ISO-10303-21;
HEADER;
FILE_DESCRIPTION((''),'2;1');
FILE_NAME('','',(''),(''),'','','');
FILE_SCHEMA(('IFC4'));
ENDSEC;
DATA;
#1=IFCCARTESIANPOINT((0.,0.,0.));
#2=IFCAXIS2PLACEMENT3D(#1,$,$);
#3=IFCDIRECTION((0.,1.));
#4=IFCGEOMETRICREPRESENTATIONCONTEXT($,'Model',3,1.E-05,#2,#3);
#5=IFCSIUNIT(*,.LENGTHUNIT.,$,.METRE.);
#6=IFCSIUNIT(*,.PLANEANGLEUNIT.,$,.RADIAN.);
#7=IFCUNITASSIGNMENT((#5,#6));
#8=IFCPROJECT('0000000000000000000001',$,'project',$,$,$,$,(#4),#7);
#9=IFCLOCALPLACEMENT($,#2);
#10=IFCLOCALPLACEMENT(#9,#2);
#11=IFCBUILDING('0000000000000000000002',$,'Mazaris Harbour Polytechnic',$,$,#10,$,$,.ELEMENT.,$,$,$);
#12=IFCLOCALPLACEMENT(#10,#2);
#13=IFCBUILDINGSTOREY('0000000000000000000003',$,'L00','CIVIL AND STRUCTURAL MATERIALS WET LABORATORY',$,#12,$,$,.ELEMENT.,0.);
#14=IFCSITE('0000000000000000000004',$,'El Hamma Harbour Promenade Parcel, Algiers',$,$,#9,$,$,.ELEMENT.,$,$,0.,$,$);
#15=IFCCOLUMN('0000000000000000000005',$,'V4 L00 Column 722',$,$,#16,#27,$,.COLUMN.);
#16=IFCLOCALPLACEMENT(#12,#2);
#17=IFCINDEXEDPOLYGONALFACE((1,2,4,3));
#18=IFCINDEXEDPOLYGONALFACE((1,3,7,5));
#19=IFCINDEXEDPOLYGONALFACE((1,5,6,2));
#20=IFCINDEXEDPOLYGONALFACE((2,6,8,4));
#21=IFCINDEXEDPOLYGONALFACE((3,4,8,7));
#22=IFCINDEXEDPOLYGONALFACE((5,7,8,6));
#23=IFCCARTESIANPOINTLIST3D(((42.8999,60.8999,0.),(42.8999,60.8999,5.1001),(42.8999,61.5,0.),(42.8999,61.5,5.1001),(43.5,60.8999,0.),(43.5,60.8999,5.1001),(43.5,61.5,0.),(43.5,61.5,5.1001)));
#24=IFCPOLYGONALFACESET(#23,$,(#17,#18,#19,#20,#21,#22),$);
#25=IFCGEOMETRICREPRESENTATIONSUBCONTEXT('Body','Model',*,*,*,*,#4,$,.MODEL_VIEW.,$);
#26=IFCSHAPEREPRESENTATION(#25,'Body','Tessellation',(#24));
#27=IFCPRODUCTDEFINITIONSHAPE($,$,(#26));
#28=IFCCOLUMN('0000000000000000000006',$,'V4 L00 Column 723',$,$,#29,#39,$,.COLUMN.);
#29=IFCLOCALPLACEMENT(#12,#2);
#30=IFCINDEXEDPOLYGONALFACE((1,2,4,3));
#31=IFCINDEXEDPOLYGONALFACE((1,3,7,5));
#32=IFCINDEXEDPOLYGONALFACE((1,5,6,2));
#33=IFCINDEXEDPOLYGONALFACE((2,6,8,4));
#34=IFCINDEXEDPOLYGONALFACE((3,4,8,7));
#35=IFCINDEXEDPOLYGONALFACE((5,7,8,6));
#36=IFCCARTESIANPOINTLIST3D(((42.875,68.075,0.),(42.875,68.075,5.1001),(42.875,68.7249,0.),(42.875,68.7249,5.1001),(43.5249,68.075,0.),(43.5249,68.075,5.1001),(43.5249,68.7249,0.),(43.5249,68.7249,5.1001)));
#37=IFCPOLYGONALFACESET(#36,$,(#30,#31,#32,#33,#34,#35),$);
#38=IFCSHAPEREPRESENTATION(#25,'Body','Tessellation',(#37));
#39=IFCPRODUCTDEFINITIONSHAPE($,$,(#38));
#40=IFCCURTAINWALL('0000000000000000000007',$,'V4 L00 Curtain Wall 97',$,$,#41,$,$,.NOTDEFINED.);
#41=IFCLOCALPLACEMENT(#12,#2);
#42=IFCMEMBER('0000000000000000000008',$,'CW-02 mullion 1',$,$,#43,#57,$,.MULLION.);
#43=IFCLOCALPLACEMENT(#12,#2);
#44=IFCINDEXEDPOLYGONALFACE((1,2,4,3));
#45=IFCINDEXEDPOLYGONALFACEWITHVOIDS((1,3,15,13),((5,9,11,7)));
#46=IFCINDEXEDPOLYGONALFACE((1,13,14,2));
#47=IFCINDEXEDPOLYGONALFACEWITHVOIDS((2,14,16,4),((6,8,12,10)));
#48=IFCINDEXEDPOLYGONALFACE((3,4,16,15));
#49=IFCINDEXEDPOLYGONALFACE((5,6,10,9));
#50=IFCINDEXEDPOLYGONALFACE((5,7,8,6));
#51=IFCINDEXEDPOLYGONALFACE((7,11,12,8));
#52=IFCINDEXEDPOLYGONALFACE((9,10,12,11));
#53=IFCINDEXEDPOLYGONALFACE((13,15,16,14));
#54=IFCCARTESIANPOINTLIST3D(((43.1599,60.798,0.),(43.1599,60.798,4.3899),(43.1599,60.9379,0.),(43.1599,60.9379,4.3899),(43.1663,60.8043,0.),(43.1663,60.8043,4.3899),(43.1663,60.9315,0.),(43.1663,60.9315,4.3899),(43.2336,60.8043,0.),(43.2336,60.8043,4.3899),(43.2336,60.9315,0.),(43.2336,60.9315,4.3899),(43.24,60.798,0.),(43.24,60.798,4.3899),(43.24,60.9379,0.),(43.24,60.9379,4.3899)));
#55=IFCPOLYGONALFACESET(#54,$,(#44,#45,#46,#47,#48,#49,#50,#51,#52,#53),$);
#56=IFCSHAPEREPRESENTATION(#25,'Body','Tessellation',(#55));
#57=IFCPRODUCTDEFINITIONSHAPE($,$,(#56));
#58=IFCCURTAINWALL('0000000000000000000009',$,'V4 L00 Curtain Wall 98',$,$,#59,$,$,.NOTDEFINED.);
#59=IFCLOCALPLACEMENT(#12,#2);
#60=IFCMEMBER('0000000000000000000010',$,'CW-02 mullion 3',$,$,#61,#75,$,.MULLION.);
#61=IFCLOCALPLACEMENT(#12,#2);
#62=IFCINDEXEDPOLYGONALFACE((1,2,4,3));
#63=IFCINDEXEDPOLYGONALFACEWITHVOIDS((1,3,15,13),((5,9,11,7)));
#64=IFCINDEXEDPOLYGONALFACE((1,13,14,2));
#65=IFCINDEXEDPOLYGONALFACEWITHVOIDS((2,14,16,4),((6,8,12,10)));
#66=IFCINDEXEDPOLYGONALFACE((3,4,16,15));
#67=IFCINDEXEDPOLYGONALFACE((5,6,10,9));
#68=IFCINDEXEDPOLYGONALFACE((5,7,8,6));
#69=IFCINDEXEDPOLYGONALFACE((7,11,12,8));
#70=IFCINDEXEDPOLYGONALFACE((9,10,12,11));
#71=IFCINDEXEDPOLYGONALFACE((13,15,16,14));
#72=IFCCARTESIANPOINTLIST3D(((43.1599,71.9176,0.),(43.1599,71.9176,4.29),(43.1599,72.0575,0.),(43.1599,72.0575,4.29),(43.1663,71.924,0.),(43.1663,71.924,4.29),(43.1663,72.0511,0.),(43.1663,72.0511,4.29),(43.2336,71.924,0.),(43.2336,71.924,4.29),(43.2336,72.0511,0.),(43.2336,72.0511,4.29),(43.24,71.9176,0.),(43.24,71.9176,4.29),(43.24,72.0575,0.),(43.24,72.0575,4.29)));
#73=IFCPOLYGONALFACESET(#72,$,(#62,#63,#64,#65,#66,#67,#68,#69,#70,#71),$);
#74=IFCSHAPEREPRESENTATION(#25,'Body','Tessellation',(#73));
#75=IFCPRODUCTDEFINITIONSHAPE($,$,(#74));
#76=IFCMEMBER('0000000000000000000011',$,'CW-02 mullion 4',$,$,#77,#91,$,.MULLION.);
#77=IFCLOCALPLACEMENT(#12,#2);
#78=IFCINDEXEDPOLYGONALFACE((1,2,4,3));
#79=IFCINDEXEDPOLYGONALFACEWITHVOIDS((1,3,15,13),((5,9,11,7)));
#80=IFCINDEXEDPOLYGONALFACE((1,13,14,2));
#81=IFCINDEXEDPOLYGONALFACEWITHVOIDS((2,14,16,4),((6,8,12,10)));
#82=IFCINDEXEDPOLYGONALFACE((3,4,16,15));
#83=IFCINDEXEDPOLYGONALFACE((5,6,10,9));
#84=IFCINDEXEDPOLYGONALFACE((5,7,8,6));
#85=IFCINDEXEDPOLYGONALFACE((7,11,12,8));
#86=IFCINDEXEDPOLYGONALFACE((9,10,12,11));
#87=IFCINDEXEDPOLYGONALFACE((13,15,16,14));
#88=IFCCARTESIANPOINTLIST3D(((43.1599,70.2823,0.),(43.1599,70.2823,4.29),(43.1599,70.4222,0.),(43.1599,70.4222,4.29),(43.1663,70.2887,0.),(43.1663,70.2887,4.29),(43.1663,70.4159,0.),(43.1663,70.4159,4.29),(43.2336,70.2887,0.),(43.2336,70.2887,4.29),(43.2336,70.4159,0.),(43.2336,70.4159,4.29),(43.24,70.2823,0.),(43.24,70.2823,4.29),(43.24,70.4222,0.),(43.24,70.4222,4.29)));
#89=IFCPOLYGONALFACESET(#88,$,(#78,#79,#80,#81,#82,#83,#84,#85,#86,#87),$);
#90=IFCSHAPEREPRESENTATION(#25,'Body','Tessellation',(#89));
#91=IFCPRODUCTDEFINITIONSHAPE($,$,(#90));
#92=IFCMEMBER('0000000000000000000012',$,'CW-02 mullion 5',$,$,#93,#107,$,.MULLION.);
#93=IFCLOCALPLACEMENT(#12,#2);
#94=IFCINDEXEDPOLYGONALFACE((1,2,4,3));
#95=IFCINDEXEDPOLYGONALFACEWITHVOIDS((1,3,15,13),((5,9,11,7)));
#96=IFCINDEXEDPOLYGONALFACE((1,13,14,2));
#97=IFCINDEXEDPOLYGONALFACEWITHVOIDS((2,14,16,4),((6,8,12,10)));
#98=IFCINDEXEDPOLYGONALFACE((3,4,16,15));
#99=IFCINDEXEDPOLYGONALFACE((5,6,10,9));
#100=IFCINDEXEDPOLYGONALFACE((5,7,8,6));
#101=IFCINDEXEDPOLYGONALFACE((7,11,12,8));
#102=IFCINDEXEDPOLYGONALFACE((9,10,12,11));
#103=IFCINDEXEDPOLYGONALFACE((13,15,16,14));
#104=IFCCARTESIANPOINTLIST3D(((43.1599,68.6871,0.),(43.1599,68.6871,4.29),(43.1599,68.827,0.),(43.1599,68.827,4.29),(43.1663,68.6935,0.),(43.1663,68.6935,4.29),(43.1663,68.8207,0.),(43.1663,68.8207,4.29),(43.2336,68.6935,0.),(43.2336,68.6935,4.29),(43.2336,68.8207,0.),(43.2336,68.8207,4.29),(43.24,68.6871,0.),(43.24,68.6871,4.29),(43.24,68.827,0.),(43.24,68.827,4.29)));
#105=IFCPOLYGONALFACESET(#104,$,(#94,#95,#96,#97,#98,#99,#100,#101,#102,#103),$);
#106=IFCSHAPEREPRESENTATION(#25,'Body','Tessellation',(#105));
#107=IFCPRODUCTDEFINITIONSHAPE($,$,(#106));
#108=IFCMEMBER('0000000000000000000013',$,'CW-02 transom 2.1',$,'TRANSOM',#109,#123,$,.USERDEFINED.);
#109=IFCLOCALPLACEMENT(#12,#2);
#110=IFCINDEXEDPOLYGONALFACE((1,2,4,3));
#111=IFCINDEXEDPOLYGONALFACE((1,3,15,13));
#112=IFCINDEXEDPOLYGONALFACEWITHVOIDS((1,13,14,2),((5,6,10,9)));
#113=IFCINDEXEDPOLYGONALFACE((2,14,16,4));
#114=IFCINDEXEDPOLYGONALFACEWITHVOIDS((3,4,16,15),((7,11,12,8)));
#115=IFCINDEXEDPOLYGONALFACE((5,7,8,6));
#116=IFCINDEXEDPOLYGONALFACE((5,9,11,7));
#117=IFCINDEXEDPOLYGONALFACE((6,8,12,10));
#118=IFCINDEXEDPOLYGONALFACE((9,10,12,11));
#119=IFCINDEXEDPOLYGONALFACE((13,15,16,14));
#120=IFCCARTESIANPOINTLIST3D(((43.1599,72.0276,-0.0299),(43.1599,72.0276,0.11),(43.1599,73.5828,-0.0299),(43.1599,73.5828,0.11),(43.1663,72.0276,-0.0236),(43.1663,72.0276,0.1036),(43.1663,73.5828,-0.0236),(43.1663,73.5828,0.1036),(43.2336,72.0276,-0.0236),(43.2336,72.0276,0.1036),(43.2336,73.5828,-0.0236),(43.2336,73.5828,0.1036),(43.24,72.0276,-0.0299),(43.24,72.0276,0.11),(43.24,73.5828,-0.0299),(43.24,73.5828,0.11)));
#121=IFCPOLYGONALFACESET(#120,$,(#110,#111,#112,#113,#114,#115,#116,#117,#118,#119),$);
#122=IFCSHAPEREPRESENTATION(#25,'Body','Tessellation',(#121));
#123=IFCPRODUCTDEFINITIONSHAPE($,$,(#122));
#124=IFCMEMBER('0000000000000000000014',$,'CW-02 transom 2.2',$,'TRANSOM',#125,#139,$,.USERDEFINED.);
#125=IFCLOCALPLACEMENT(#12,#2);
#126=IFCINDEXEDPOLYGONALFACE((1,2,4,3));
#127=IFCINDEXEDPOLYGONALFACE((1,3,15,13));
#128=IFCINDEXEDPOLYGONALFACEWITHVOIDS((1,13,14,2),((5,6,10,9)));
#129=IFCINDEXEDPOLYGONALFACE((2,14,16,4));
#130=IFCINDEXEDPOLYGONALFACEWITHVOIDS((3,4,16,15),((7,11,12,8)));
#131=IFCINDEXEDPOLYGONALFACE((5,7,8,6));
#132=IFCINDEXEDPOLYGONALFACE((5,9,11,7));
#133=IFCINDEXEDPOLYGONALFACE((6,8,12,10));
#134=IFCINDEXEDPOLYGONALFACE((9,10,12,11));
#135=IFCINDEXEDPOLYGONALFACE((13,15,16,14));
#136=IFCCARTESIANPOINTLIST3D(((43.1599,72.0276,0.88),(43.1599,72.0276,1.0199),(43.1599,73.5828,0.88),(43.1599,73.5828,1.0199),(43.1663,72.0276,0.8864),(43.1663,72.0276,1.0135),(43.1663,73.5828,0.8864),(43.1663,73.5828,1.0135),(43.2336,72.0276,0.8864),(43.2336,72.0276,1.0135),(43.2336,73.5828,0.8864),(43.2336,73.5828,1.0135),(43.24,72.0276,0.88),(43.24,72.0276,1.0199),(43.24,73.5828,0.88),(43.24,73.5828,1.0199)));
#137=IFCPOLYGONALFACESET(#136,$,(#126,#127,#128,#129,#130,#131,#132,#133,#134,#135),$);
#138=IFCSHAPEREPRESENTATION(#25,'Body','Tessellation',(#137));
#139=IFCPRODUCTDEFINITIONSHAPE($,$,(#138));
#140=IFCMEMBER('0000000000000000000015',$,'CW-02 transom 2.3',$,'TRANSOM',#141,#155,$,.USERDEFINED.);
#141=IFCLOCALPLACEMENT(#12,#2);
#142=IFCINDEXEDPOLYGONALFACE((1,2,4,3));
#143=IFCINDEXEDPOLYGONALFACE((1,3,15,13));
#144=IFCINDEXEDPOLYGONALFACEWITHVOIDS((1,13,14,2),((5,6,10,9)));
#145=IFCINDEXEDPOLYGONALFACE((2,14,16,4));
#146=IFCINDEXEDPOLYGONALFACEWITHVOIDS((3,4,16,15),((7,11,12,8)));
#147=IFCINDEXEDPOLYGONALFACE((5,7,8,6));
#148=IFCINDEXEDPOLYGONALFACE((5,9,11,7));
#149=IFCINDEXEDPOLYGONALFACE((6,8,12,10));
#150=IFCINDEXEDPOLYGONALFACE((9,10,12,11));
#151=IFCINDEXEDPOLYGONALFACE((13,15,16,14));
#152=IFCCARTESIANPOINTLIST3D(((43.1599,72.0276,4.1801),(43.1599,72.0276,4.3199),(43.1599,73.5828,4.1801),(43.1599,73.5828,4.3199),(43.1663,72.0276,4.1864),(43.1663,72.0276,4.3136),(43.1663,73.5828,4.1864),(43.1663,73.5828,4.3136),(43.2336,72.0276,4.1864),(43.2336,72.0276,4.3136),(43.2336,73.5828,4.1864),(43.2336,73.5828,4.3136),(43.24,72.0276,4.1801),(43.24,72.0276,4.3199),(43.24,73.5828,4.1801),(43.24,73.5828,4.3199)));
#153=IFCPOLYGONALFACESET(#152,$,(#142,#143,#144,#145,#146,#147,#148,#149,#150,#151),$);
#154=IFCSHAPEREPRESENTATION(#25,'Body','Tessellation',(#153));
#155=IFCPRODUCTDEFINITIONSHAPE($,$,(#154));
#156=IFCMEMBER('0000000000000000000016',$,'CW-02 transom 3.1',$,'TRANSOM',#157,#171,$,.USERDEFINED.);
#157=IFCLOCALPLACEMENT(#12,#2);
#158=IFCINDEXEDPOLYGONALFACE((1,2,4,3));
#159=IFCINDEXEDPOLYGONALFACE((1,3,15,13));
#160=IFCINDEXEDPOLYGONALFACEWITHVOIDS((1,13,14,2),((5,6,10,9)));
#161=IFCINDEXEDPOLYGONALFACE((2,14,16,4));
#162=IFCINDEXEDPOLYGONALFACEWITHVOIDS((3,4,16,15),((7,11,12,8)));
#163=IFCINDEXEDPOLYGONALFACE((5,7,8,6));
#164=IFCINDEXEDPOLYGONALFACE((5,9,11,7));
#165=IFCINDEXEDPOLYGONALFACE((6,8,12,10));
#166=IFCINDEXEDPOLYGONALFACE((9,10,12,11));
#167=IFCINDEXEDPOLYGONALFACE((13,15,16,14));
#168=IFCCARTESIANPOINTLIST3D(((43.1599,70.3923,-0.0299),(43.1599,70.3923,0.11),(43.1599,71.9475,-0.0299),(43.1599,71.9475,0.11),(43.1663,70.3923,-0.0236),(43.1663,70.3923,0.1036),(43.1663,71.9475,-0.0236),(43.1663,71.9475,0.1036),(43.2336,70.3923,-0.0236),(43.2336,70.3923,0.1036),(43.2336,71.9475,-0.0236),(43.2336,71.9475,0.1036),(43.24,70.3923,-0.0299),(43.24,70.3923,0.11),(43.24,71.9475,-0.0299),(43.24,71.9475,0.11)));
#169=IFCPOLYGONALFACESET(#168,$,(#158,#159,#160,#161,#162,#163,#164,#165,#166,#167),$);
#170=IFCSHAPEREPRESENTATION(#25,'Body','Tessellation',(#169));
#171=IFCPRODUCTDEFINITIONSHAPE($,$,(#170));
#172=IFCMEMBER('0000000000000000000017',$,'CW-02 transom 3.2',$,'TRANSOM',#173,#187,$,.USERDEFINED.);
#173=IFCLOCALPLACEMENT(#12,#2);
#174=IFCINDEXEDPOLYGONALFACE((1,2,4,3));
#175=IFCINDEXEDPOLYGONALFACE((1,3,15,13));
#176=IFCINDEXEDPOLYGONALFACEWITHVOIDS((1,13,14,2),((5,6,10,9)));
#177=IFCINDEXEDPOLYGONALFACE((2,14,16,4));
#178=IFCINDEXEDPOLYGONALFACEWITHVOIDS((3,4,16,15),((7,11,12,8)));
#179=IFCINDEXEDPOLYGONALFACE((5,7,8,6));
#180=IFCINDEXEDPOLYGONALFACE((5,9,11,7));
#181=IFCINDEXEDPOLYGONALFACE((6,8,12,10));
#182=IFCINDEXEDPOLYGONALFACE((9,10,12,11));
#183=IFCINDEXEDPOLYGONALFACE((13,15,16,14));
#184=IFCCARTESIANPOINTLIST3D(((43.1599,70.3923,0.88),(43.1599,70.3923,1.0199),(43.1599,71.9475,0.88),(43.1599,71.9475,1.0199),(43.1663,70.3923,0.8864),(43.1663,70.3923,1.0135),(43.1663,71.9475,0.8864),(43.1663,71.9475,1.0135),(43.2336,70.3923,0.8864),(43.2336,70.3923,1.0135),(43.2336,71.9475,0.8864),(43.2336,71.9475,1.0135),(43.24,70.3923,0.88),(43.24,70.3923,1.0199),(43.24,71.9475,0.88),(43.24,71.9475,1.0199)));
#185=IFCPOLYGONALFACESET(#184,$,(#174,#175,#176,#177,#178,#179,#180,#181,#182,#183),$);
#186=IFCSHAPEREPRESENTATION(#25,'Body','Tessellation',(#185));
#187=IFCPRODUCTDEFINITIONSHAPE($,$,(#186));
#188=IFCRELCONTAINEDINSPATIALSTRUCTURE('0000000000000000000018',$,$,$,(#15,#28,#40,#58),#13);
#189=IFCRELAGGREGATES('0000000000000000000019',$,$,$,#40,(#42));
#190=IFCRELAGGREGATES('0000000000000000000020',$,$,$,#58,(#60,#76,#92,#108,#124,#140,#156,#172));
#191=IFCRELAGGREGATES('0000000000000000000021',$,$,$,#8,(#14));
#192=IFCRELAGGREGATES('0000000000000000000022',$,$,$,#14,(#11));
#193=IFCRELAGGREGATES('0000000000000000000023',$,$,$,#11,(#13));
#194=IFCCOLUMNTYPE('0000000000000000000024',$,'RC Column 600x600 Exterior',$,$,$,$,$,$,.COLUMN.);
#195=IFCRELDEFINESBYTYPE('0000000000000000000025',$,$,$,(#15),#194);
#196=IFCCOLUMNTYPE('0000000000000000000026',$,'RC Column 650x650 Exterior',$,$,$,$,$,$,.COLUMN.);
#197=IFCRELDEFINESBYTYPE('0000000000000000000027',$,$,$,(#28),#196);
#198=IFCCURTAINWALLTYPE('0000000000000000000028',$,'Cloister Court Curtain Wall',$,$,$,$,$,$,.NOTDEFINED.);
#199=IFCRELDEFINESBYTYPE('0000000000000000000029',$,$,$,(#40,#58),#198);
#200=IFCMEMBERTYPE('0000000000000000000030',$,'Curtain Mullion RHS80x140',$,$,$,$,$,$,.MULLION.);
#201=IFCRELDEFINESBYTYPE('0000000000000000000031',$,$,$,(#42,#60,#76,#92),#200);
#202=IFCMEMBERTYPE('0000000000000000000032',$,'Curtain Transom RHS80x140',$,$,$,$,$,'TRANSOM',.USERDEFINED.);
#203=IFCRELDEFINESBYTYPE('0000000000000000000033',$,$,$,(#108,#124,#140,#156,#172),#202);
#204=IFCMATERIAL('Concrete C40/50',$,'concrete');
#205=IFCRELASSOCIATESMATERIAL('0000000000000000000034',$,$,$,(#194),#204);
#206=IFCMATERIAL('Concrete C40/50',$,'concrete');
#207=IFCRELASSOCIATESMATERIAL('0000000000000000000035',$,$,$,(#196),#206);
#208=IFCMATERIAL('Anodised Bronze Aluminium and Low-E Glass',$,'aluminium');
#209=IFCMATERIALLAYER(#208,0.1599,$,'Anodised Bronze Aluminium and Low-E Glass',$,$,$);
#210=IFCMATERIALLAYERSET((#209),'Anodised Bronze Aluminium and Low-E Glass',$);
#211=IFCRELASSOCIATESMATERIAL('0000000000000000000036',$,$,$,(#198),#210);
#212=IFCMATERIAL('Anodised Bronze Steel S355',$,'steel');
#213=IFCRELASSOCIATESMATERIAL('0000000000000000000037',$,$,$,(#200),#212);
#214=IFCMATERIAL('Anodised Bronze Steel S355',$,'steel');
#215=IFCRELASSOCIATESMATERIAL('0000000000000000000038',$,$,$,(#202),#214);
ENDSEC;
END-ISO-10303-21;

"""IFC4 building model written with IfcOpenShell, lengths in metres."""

from ifc_helpers import new_model, si_unit, direction, frame, origin, origin_2d, place, context, subcontext, project, spatial, rectangle, hollow_rectangle, extrude, material, layer, layer_set, material_profile, profile_set, type_object, element, aggregate, save


model = new_model("IFC4")

# Units and contexts
model_context = context("Model", 3, precision=1e-05, world=origin(), true_north=direction((0.0, 1.0)))
body_context = subcontext(model_context, "Body", "Model", "MODEL_VIEW")
ifc_project = project(units=[si_unit("LENGTHUNIT", "METRE"), si_unit("PLANEANGLEUNIT", "RADIAN")], contexts=[model_context])

# Site, building, storey
site_placement = place(None, origin())
site = spatial("IfcSite", under=ifc_project, at=site_placement, Name="El Hamma Harbour Promenade Parcel, Algiers", CompositionType="ELEMENT", RefElevation=0.0)
building_placement = place(site_placement, origin())
building = spatial("IfcBuilding", under=site, at=building_placement, Name="Mazaris Harbour Polytechnic", CompositionType="ELEMENT")
storey_placement = place(building_placement, origin())
storey = spatial("IfcBuildingStorey", under=building, at=storey_placement, Name="L00", Description="CIVIL AND STRUCTURAL MATERIALS WET LABORATORY", CompositionType="ELEMENT", Elevation=0.0)

# Columns
ifc_material_1 = material(Name="Concrete C40/50", Category="concrete")
ifc_material_profile_1 = material_profile(ifc_material_1, rectangle(XDim=0.6001, YDim=0.6001, at=origin_2d()), Name="RECT600x600")
ifc_profile_set_1 = profile_set([ifc_material_profile_1], Name="Concrete C40/50")
column_type_1 = type_object("IfcColumnType", Name="RC Column 600x600 Exterior", PredefinedType="COLUMN", material=ifc_profile_set_1)
column_1_placement = place(storey_placement, frame((43.2, 61.2, 0.0), z_axis=(0.0, 0.0, 1.0), x_axis=(1.0, 0.0, 0.0)))
element("IfcColumn", 1, at=column_1_placement, inside=storey, type_object=column_type_1, Name="V4 L00 Column 722", PredefinedType="COLUMN", context=body_context, shape_type="SweptSolid", body=[
    extrude(rectangle(XDim=0.6001, YDim=0.6001, at=origin_2d()), origin(), (0.0, 0.0, 1.0), 5.1001),
])
ifc_material_2 = material(Name="Concrete C40/50", Category="concrete")
ifc_material_profile_2 = material_profile(ifc_material_2, rectangle(XDim=0.6499, YDim=0.6499, at=origin_2d()), Name="RECT650x650")
ifc_profile_set_2 = profile_set([ifc_material_profile_2], Name="Concrete C40/50")
column_type_2 = type_object("IfcColumnType", Name="RC Column 650x650 Exterior", PredefinedType="COLUMN", material=ifc_profile_set_2)
column_2_placement = place(storey_placement, frame((43.2, 68.3999, 0.0), z_axis=(0.0, 0.0, 1.0), x_axis=(1.0, 0.0, 0.0)))
element("IfcColumn", 2, at=column_2_placement, inside=storey, type_object=column_type_2, Name="V4 L00 Column 723", PredefinedType="COLUMN", context=body_context, shape_type="SweptSolid", body=[
    extrude(rectangle(XDim=0.6499, YDim=0.6499, at=origin_2d()), origin(), (0.0, 0.0, 1.0), 5.1001),
])

# Curtain wall, member
ifc_material_3 = material(Name="Anodised Bronze Aluminium and Low-E Glass", Category="aluminium")
ifc_layer_1 = layer(ifc_material_3, 0.1599, Name="Anodised Bronze Aluminium and Low-E Glass")
ifc_layer_set_1 = layer_set([ifc_layer_1], Name="Anodised Bronze Aluminium and Low-E Glass")
curtain_wall_type = type_object("IfcCurtainWallType", Name="Cloister Court Curtain Wall", PredefinedType="NOTDEFINED", material=ifc_layer_set_1)
curtain_wall_1_placement = place(storey_placement, origin())
curtain_wall_1 = element("IfcCurtainWall", 3, at=curtain_wall_1_placement, inside=storey, type_object=curtain_wall_type, Name="V4 L00 Curtain Wall 97", PredefinedType="NOTDEFINED")
ifc_material_4 = material(Name="Anodised Bronze Steel S355", Category="steel")
ifc_material_profile_3 = material_profile(ifc_material_4, hollow_rectangle(XDim=0.0801, YDim=0.1399, WallThickness=0.0063, at=origin_2d()), Name="RHS 80x140x6.3")
ifc_profile_set_3 = profile_set([ifc_material_profile_3], Name="Anodised Bronze Steel S355")
member_type_1 = type_object("IfcMemberType", Name="Curtain Mullion RHS80x140", PredefinedType="MULLION", material=ifc_profile_set_3)
member_1_placement = place(storey_placement, frame((43.2, 60.8679, 0.0), z_axis=(0.0, 0.0, 1.0), x_axis=(1.0, 0.0, 0.0)))
member_1 = element("IfcMember", 4, at=member_1_placement, type_object=member_type_1, Name="CW-02 mullion 1", PredefinedType="MULLION", context=body_context, shape_type="SweptSolid", body=[
    extrude(hollow_rectangle(XDim=0.0801, YDim=0.1399, WallThickness=0.0063, at=origin_2d()), origin(), (0.0, 0.0, 1.0), 4.3899),
])
aggregate(curtain_wall_1, [member_1])

# Curtain wall, members
curtain_wall_2_placement = place(storey_placement, origin())
curtain_wall_2 = element("IfcCurtainWall", 5, at=curtain_wall_2_placement, inside=storey, type_object=curtain_wall_type, Name="V4 L00 Curtain Wall 98", PredefinedType="NOTDEFINED")
member_2_placement = place(storey_placement, frame((43.2, 71.9875, 0.0), z_axis=(0.0, 0.0, 1.0), x_axis=(1.0, 0.0, 0.0)))
member_2 = element("IfcMember", 6, at=member_2_placement, type_object=member_type_1, Name="CW-02 mullion 3", PredefinedType="MULLION", context=body_context, shape_type="SweptSolid", body=[
    extrude(hollow_rectangle(XDim=0.0801, YDim=0.1399, WallThickness=0.0063, at=origin_2d()), origin(), (0.0, 0.0, 1.0), 4.29),
])
member_3_placement = place(storey_placement, frame((43.2, 70.3523, 0.0), z_axis=(0.0, 0.0, 1.0), x_axis=(1.0, 0.0, 0.0)))
member_3 = element("IfcMember", 7, at=member_3_placement, type_object=member_type_1, Name="CW-02 mullion 4", PredefinedType="MULLION", context=body_context, shape_type="SweptSolid", body=[
    extrude(hollow_rectangle(XDim=0.0801, YDim=0.1399, WallThickness=0.0063, at=origin_2d()), origin(), (0.0, 0.0, 1.0), 4.29),
])
member_4_placement = place(storey_placement, frame((43.2, 68.7571, 0.0), z_axis=(0.0, 0.0, 1.0), x_axis=(1.0, 0.0, 0.0)))
member_4 = element("IfcMember", 8, at=member_4_placement, type_object=member_type_1, Name="CW-02 mullion 5", PredefinedType="MULLION", context=body_context, shape_type="SweptSolid", body=[
    extrude(hollow_rectangle(XDim=0.0801, YDim=0.1399, WallThickness=0.0063, at=origin_2d()), origin(), (0.0, 0.0, 1.0), 4.29),
])
ifc_material_5 = material(Name="Anodised Bronze Steel S355", Category="steel")
ifc_material_profile_4 = material_profile(ifc_material_5, hollow_rectangle(XDim=0.0801, YDim=0.1399, WallThickness=0.0063, at=origin_2d()), Name="RHS 80x140x6.3")
ifc_profile_set_4 = profile_set([ifc_material_profile_4], Name="Anodised Bronze Steel S355")
member_type_2 = type_object("IfcMemberType", Name="Curtain Transom RHS80x140", ElementType="TRANSOM", PredefinedType="USERDEFINED", material=ifc_profile_set_4)
member_5_placement = place(storey_placement, frame((43.2, 73.5828, 0.04), z_axis=(0.0, -1.0, 0.0), x_axis=(1.0, 0.0, 0.0)))
member_5 = element("IfcMember", 9, at=member_5_placement, type_object=member_type_2, Name="CW-02 transom 2.1", ObjectType="TRANSOM", PredefinedType="USERDEFINED", context=body_context, shape_type="SweptSolid", body=[
    extrude(hollow_rectangle(XDim=0.0801, YDim=0.1399, WallThickness=0.0063, at=origin_2d()), origin(), (0.0, 0.0, 1.0), 1.5552),
])
member_6_placement = place(storey_placement, frame((43.2, 73.5828, 0.95), z_axis=(0.0, -1.0, 0.0), x_axis=(1.0, 0.0, 0.0)))
member_6 = element("IfcMember", 10, at=member_6_placement, type_object=member_type_2, Name="CW-02 transom 2.2", ObjectType="TRANSOM", PredefinedType="USERDEFINED", context=body_context, shape_type="SweptSolid", body=[
    extrude(hollow_rectangle(XDim=0.0801, YDim=0.1399, WallThickness=0.0063, at=origin_2d()), origin(), (0.0, 0.0, 1.0), 1.5552),
])
member_7_placement = place(storey_placement, frame((43.2, 73.5828, 4.25), z_axis=(0.0, -1.0, 0.0), x_axis=(1.0, 0.0, 0.0)))
member_7 = element("IfcMember", 11, at=member_7_placement, type_object=member_type_2, Name="CW-02 transom 2.3", ObjectType="TRANSOM", PredefinedType="USERDEFINED", context=body_context, shape_type="SweptSolid", body=[
    extrude(hollow_rectangle(XDim=0.0801, YDim=0.1399, WallThickness=0.0063, at=origin_2d()), origin(), (0.0, 0.0, 1.0), 1.5552),
])
member_8_placement = place(storey_placement, frame((43.2, 71.9475, 0.04), z_axis=(0.0, -1.0, 0.0), x_axis=(1.0, 0.0, 0.0)))
member_8 = element("IfcMember", 12, at=member_8_placement, type_object=member_type_2, Name="CW-02 transom 3.1", ObjectType="TRANSOM", PredefinedType="USERDEFINED", context=body_context, shape_type="SweptSolid", body=[
    extrude(hollow_rectangle(XDim=0.0801, YDim=0.1399, WallThickness=0.0063, at=origin_2d()), origin(), (0.0, 0.0, 1.0), 1.5552),
])
member_9_placement = place(storey_placement, frame((43.2, 71.9475, 0.95), z_axis=(0.0, -1.0, 0.0), x_axis=(1.0, 0.0, 0.0)))
member_9 = element("IfcMember", 13, at=member_9_placement, type_object=member_type_2, Name="CW-02 transom 3.2", ObjectType="TRANSOM", PredefinedType="USERDEFINED", context=body_context, shape_type="SweptSolid", body=[
    extrude(hollow_rectangle(XDim=0.0801, YDim=0.1399, WallThickness=0.0063, at=origin_2d()), origin(), (0.0, 0.0, 1.0), 1.5552),
])

aggregate(curtain_wall_2, [member_2, member_3, member_4, member_5, member_6, member_7, member_8, member_9])

save(model, "model.ifc")
